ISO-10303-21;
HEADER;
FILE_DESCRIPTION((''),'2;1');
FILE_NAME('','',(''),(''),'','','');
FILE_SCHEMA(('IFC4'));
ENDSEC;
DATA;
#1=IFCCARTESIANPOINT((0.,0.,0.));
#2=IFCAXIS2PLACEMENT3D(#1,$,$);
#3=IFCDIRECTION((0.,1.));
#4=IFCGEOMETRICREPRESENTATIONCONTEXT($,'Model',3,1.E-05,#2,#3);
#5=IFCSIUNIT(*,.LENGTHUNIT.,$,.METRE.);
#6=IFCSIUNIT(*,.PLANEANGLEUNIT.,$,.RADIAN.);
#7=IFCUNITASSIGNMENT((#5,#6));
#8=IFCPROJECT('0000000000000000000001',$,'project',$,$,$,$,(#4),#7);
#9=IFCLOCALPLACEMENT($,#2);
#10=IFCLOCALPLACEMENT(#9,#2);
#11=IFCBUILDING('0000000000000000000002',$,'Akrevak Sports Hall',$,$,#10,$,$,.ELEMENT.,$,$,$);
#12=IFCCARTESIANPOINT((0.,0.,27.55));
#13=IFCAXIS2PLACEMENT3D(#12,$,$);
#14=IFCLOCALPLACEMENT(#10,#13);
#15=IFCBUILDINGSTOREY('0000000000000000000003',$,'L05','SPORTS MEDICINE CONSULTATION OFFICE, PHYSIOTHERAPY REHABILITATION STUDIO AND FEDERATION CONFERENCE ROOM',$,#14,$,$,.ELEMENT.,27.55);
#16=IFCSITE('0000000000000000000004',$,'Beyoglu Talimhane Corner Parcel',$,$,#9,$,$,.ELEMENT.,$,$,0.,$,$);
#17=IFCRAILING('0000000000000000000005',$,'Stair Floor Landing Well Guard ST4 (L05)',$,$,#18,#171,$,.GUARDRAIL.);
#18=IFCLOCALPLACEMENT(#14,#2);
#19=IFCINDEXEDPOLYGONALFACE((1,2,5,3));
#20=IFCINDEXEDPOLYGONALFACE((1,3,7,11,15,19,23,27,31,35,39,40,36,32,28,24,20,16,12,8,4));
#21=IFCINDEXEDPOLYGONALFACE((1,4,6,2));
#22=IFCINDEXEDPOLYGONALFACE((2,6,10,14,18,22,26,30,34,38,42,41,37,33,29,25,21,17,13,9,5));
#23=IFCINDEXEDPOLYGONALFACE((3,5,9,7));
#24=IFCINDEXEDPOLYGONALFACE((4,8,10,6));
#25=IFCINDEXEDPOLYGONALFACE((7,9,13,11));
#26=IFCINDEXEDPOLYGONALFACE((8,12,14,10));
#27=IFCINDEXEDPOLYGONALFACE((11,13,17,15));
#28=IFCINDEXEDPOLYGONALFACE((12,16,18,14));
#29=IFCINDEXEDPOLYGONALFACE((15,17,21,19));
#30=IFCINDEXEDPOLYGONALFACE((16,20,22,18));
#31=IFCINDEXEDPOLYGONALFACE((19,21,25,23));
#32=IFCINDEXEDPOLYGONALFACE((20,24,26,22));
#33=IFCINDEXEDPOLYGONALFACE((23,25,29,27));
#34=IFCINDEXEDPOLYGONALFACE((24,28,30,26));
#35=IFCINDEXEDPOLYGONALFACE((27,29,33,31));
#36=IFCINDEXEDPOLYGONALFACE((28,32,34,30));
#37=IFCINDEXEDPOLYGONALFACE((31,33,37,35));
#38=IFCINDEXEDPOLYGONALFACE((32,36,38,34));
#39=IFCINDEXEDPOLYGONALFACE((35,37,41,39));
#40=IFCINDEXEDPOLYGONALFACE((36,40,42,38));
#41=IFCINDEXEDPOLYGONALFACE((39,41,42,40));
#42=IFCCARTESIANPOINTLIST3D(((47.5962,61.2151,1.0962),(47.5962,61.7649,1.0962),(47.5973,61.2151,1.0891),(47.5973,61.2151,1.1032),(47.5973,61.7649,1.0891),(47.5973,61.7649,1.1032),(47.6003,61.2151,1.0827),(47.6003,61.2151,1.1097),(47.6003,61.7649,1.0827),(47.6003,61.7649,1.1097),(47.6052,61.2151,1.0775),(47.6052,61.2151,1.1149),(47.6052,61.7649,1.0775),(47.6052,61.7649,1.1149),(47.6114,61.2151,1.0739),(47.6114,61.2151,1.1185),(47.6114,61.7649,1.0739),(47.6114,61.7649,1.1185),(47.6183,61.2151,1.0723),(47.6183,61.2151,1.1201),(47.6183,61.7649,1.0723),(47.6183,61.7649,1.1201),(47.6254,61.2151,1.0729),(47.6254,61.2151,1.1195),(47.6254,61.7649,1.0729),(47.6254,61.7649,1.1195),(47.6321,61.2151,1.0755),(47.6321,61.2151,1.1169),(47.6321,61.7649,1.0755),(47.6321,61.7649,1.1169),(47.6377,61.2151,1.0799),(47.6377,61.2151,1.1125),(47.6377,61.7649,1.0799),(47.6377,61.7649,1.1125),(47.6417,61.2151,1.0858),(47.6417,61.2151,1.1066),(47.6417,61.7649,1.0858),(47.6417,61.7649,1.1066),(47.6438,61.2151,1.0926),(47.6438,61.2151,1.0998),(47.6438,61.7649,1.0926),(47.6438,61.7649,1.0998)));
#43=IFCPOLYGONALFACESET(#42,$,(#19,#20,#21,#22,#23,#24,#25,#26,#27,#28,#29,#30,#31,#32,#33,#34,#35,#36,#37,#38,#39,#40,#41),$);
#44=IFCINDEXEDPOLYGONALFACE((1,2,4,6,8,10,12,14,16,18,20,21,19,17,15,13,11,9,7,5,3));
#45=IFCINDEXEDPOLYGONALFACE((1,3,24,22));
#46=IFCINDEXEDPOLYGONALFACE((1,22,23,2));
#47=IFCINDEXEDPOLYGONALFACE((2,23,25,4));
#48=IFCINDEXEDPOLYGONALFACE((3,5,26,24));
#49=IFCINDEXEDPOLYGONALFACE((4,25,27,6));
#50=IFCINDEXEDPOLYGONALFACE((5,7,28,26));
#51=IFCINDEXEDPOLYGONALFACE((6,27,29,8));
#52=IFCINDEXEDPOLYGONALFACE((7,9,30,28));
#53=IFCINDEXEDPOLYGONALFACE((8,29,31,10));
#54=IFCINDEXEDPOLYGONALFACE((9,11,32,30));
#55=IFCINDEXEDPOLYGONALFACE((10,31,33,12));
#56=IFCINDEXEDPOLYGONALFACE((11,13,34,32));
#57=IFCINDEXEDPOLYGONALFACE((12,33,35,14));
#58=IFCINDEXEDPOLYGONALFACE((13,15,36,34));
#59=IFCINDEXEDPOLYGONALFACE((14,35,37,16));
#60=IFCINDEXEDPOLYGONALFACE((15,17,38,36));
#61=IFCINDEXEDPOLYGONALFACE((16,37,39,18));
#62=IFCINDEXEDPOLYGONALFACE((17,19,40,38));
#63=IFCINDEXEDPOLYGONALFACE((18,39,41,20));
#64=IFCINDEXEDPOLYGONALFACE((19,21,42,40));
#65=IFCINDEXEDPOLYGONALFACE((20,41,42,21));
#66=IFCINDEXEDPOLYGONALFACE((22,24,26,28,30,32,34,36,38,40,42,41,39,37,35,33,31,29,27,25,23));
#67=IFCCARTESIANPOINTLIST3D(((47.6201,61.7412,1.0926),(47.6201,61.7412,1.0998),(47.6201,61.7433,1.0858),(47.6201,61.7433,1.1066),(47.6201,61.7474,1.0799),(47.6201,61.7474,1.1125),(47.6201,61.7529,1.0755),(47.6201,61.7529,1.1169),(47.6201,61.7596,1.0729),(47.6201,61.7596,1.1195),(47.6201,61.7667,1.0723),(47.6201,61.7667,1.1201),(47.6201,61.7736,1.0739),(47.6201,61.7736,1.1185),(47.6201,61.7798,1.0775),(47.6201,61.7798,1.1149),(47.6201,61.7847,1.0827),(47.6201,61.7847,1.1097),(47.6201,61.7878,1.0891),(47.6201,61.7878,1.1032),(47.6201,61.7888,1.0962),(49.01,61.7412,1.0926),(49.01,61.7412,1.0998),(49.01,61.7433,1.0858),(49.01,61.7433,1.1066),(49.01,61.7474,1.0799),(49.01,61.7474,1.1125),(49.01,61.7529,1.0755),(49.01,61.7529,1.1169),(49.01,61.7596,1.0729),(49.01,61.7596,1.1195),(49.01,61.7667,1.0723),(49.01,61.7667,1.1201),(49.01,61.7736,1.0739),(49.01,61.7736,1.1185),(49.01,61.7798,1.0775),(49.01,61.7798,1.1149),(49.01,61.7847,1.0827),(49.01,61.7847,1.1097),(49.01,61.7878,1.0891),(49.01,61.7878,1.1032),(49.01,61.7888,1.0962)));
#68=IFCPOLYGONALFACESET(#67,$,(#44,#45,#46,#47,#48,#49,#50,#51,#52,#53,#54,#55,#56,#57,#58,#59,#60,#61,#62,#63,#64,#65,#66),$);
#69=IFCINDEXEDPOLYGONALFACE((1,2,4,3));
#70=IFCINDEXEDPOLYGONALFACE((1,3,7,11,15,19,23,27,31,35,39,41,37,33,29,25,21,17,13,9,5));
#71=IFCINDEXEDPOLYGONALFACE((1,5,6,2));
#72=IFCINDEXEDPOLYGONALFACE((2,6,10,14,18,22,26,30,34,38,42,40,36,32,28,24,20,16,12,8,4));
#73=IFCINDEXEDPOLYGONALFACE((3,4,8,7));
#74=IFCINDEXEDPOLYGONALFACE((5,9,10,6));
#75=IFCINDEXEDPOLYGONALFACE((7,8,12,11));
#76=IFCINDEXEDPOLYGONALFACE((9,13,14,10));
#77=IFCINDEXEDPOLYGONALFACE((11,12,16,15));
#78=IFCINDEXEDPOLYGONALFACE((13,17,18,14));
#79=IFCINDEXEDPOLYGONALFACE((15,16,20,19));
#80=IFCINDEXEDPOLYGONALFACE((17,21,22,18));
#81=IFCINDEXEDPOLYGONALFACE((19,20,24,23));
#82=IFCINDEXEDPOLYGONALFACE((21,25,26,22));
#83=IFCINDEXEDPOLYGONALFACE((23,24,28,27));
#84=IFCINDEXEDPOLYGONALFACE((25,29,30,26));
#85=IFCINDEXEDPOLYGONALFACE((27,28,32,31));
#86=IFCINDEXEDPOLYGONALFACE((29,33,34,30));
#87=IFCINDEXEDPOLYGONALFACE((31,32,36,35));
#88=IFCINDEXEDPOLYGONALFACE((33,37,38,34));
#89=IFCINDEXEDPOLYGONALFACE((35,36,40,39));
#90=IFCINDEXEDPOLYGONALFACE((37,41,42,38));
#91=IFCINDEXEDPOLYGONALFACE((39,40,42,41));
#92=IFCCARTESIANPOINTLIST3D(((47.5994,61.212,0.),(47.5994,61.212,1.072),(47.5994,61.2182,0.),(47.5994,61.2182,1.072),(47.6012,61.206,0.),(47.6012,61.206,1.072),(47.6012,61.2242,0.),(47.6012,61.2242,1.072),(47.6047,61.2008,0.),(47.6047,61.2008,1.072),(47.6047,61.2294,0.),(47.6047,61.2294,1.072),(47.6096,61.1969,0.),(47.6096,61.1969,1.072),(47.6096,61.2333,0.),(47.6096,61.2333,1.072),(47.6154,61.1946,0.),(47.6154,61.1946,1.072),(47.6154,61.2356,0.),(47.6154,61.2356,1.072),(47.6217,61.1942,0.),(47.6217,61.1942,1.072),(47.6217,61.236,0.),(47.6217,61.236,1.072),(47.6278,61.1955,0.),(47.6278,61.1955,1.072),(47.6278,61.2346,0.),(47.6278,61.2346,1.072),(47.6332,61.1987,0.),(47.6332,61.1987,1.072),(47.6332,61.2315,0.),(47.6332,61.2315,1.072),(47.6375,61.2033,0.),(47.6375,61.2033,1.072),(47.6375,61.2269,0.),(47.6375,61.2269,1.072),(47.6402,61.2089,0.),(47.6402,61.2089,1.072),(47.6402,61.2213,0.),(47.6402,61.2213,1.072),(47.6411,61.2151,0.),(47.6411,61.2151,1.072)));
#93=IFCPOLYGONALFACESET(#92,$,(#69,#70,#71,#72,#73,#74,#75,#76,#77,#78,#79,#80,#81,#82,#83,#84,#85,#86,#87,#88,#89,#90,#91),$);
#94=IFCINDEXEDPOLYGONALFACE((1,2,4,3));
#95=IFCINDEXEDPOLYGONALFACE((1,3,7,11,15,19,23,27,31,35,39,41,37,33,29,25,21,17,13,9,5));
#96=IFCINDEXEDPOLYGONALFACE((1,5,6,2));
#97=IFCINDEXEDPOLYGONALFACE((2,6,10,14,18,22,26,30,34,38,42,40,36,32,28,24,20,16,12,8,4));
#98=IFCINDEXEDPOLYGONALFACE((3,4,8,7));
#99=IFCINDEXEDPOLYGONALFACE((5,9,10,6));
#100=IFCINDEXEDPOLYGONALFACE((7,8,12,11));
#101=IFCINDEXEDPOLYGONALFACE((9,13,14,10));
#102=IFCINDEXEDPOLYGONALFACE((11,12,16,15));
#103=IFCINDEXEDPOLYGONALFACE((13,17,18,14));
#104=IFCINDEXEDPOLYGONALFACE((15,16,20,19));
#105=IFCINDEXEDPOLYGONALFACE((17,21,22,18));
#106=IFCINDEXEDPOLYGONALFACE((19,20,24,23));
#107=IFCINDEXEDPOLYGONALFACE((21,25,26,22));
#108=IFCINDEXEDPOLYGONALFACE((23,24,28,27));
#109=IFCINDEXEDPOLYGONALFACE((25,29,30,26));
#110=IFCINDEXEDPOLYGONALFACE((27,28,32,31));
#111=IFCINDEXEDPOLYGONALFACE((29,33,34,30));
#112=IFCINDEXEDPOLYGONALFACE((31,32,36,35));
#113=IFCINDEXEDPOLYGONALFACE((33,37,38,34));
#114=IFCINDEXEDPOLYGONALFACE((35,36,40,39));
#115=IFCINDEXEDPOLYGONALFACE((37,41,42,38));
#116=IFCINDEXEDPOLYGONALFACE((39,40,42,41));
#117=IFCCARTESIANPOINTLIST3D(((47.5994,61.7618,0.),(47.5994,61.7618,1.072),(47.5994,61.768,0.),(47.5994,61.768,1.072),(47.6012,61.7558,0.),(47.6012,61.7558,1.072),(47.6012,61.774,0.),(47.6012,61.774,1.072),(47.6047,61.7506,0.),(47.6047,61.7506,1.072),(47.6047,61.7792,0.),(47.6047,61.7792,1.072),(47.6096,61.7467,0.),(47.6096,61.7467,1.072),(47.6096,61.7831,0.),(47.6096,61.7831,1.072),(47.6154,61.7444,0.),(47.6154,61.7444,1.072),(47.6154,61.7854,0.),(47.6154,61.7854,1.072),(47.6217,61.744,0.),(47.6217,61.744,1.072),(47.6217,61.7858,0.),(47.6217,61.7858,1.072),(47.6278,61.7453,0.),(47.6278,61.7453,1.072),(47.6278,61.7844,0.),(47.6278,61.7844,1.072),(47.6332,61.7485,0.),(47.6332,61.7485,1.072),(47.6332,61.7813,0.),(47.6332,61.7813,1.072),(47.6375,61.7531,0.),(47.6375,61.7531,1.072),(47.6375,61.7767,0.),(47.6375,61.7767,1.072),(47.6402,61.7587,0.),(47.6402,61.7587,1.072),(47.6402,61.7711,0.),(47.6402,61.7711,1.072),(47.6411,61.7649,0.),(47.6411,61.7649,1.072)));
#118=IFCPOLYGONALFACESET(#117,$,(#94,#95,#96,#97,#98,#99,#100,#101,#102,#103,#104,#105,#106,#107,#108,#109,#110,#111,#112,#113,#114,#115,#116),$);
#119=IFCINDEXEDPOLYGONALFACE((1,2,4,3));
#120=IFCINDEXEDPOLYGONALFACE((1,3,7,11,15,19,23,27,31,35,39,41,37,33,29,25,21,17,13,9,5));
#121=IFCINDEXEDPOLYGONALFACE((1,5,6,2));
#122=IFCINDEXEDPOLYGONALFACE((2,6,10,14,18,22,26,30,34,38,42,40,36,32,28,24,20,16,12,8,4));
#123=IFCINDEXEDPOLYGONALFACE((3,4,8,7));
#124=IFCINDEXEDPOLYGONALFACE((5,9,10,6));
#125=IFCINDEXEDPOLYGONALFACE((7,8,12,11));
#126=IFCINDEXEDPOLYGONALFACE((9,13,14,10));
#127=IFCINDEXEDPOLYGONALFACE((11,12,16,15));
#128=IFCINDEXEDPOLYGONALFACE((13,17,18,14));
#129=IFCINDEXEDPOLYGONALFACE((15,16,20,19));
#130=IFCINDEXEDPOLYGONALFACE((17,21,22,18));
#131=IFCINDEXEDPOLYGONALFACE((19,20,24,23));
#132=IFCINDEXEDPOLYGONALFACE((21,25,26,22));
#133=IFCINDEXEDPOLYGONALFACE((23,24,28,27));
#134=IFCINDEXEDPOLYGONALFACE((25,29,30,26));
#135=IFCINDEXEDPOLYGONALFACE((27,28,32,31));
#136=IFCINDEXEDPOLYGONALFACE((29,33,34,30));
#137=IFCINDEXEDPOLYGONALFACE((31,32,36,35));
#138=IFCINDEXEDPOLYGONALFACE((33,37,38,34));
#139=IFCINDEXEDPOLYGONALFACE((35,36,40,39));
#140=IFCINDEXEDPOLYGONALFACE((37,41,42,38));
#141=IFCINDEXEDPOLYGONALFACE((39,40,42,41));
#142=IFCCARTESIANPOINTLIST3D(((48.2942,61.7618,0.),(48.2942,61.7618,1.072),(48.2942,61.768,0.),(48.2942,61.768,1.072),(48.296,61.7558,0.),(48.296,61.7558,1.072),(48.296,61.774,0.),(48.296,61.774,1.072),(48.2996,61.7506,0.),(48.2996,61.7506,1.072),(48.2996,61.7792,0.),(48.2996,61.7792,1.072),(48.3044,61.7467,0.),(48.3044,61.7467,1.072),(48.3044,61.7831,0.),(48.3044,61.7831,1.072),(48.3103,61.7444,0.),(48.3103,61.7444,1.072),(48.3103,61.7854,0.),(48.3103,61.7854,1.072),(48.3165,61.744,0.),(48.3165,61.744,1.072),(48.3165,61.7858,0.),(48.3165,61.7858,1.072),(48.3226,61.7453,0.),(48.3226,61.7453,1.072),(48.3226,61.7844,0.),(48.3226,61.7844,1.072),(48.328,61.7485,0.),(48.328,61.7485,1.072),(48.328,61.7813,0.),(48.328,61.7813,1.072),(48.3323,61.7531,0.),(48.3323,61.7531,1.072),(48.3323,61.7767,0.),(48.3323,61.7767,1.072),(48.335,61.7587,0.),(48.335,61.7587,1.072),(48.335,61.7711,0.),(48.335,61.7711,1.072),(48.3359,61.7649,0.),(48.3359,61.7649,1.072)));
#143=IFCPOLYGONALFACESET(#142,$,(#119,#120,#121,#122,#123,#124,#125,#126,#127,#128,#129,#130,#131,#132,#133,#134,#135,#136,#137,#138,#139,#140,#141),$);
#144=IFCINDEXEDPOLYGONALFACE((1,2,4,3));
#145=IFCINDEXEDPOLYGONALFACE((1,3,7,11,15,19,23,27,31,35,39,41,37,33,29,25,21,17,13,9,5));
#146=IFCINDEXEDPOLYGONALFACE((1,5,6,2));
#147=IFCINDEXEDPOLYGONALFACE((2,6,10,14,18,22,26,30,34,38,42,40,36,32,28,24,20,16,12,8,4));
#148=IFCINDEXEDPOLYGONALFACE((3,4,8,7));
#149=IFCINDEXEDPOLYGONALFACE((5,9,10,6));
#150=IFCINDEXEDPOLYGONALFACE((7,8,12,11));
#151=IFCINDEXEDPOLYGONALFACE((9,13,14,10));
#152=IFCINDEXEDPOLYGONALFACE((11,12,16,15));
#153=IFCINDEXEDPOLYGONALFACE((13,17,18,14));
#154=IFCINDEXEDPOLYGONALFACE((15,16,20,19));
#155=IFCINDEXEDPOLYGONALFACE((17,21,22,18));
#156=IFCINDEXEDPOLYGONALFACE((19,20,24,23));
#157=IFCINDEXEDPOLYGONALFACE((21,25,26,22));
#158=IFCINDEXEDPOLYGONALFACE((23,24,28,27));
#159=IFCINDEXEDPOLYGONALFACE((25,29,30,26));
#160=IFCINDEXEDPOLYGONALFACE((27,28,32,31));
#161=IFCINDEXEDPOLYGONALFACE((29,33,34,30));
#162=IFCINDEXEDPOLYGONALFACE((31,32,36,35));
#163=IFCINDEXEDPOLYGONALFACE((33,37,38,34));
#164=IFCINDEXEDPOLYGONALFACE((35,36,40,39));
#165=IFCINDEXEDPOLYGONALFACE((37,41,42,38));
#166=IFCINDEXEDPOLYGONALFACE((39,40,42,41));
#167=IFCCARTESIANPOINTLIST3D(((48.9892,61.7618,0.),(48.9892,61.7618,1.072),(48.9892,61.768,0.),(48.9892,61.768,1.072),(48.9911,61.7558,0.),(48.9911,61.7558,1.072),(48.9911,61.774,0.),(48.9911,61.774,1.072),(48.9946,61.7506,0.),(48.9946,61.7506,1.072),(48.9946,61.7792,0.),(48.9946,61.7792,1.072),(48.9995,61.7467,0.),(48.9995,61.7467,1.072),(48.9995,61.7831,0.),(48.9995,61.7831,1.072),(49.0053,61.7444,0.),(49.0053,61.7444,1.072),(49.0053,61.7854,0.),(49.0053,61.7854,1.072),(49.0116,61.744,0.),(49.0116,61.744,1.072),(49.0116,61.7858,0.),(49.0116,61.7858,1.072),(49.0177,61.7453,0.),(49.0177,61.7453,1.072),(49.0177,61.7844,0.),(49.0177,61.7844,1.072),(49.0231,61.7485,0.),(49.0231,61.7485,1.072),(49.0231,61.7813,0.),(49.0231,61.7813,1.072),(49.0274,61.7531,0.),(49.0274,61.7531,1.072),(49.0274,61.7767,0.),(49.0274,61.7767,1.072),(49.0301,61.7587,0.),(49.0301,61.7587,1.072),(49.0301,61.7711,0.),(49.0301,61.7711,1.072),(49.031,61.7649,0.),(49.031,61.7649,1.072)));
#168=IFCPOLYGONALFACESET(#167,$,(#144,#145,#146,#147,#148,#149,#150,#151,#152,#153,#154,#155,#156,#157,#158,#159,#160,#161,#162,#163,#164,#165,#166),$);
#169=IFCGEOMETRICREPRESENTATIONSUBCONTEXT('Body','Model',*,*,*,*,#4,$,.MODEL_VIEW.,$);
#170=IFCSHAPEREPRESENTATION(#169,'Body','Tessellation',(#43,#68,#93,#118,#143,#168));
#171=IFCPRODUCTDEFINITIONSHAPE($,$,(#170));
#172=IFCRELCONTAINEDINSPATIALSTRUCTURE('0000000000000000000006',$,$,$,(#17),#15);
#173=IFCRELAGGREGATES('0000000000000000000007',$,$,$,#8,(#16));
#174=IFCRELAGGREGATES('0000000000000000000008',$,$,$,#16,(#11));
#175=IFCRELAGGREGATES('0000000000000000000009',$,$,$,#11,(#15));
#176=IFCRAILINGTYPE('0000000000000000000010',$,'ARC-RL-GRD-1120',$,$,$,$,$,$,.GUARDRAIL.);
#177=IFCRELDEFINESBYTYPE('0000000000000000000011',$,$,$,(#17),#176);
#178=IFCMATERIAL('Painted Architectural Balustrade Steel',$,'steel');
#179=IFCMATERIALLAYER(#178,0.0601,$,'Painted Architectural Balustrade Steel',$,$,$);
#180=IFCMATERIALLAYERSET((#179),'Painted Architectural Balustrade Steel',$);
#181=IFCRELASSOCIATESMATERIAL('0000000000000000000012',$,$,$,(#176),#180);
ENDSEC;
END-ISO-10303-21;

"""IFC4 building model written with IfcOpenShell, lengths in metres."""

from ifc_helpers import new_model, si_unit, direction, frame, origin, origin_2d, place, context, subcontext, project, spatial, circle, extrude, material, layer, layer_set, type_object, element, save


model = new_model("IFC4")

# Units and contexts
model_context = context("Model", 3, precision=1e-05, world=origin(), true_north=direction((0.0, 1.0)))
body_context = subcontext(model_context, "Body", "Model", "MODEL_VIEW")
ifc_project = project(units=[si_unit("LENGTHUNIT", "METRE"), si_unit("PLANEANGLEUNIT", "RADIAN")], contexts=[model_context])

# Site, building, storey
site_placement = place(None, origin())
site = spatial("IfcSite", under=ifc_project, at=site_placement, Name="Beyoglu Talimhane Corner Parcel", CompositionType="ELEMENT", RefElevation=0.0)
building_placement = place(site_placement, origin())
building = spatial("IfcBuilding", under=site, at=building_placement, Name="Akrevak Sports Hall", CompositionType="ELEMENT")
storey_placement = place(building_placement, frame((0.0, 0.0, 27.55)))
storey = spatial("IfcBuildingStorey", under=building, at=storey_placement, Name="L05", Description="SPORTS MEDICINE CONSULTATION OFFICE, PHYSIOTHERAPY REHABILITATION STUDIO AND FEDERATION CONFERENCE ROOM", CompositionType="ELEMENT", Elevation=27.55)

# Railing
ifc_material_1 = material(Name="Painted Architectural Balustrade Steel", Category="steel")
ifc_layer_1 = layer(ifc_material_1, 0.0601, Name="Painted Architectural Balustrade Steel")
ifc_layer_set_1 = layer_set([ifc_layer_1], Name="Painted Architectural Balustrade Steel")
railing_type_1 = type_object("IfcRailingType", Name="ARC-RL-GRD-1120", PredefinedType="GUARDRAIL", material=ifc_layer_set_1)
railing_1_placement = place(storey_placement, frame((47.6201, 61.2151, 0.0)))
element("IfcRailing", 1, at=railing_1_placement, inside=storey, type_object=railing_type_1, Name="Stair Floor Landing Well Guard ST4 (L05)", PredefinedType="GUARDRAIL", context=body_context, shape_type="SweptSolid", body=[
    extrude(circle(Radius=0.0239, at=origin_2d()), frame((0.0, 0.0, 1.0962), z_axis=(0.0, 1.0, 0.0), x_axis=(-1.0, 0.0, 0.0)), (0.0, 0.0, 1.0), 0.5498),
    extrude(circle(Radius=0.0239, at=origin_2d()), frame((0.0, 0.5498, 1.0962), z_axis=(1.0, 0.0, 0.0), x_axis=(0.0, 1.0, 0.0)), (0.0, 0.0, 1.0), 1.3899),
    extrude(circle(Radius=0.021, at=origin_2d()), origin(), (0.0, 0.0, 1.0), 1.072),
    extrude(circle(Radius=0.021, at=origin_2d()), frame((0.0, 0.5498, 0.0)), (0.0, 0.0, 1.0), 1.072),
    extrude(circle(Radius=0.021, at=origin_2d()), frame((0.6948, 0.5498, 0.0)), (0.0, 0.0, 1.0), 1.072),
    extrude(circle(Radius=0.021, at=origin_2d()), frame((1.3899, 0.5498, 0.0)), (0.0, 0.0, 1.0), 1.072),
])

save(model, "model.ifc")
